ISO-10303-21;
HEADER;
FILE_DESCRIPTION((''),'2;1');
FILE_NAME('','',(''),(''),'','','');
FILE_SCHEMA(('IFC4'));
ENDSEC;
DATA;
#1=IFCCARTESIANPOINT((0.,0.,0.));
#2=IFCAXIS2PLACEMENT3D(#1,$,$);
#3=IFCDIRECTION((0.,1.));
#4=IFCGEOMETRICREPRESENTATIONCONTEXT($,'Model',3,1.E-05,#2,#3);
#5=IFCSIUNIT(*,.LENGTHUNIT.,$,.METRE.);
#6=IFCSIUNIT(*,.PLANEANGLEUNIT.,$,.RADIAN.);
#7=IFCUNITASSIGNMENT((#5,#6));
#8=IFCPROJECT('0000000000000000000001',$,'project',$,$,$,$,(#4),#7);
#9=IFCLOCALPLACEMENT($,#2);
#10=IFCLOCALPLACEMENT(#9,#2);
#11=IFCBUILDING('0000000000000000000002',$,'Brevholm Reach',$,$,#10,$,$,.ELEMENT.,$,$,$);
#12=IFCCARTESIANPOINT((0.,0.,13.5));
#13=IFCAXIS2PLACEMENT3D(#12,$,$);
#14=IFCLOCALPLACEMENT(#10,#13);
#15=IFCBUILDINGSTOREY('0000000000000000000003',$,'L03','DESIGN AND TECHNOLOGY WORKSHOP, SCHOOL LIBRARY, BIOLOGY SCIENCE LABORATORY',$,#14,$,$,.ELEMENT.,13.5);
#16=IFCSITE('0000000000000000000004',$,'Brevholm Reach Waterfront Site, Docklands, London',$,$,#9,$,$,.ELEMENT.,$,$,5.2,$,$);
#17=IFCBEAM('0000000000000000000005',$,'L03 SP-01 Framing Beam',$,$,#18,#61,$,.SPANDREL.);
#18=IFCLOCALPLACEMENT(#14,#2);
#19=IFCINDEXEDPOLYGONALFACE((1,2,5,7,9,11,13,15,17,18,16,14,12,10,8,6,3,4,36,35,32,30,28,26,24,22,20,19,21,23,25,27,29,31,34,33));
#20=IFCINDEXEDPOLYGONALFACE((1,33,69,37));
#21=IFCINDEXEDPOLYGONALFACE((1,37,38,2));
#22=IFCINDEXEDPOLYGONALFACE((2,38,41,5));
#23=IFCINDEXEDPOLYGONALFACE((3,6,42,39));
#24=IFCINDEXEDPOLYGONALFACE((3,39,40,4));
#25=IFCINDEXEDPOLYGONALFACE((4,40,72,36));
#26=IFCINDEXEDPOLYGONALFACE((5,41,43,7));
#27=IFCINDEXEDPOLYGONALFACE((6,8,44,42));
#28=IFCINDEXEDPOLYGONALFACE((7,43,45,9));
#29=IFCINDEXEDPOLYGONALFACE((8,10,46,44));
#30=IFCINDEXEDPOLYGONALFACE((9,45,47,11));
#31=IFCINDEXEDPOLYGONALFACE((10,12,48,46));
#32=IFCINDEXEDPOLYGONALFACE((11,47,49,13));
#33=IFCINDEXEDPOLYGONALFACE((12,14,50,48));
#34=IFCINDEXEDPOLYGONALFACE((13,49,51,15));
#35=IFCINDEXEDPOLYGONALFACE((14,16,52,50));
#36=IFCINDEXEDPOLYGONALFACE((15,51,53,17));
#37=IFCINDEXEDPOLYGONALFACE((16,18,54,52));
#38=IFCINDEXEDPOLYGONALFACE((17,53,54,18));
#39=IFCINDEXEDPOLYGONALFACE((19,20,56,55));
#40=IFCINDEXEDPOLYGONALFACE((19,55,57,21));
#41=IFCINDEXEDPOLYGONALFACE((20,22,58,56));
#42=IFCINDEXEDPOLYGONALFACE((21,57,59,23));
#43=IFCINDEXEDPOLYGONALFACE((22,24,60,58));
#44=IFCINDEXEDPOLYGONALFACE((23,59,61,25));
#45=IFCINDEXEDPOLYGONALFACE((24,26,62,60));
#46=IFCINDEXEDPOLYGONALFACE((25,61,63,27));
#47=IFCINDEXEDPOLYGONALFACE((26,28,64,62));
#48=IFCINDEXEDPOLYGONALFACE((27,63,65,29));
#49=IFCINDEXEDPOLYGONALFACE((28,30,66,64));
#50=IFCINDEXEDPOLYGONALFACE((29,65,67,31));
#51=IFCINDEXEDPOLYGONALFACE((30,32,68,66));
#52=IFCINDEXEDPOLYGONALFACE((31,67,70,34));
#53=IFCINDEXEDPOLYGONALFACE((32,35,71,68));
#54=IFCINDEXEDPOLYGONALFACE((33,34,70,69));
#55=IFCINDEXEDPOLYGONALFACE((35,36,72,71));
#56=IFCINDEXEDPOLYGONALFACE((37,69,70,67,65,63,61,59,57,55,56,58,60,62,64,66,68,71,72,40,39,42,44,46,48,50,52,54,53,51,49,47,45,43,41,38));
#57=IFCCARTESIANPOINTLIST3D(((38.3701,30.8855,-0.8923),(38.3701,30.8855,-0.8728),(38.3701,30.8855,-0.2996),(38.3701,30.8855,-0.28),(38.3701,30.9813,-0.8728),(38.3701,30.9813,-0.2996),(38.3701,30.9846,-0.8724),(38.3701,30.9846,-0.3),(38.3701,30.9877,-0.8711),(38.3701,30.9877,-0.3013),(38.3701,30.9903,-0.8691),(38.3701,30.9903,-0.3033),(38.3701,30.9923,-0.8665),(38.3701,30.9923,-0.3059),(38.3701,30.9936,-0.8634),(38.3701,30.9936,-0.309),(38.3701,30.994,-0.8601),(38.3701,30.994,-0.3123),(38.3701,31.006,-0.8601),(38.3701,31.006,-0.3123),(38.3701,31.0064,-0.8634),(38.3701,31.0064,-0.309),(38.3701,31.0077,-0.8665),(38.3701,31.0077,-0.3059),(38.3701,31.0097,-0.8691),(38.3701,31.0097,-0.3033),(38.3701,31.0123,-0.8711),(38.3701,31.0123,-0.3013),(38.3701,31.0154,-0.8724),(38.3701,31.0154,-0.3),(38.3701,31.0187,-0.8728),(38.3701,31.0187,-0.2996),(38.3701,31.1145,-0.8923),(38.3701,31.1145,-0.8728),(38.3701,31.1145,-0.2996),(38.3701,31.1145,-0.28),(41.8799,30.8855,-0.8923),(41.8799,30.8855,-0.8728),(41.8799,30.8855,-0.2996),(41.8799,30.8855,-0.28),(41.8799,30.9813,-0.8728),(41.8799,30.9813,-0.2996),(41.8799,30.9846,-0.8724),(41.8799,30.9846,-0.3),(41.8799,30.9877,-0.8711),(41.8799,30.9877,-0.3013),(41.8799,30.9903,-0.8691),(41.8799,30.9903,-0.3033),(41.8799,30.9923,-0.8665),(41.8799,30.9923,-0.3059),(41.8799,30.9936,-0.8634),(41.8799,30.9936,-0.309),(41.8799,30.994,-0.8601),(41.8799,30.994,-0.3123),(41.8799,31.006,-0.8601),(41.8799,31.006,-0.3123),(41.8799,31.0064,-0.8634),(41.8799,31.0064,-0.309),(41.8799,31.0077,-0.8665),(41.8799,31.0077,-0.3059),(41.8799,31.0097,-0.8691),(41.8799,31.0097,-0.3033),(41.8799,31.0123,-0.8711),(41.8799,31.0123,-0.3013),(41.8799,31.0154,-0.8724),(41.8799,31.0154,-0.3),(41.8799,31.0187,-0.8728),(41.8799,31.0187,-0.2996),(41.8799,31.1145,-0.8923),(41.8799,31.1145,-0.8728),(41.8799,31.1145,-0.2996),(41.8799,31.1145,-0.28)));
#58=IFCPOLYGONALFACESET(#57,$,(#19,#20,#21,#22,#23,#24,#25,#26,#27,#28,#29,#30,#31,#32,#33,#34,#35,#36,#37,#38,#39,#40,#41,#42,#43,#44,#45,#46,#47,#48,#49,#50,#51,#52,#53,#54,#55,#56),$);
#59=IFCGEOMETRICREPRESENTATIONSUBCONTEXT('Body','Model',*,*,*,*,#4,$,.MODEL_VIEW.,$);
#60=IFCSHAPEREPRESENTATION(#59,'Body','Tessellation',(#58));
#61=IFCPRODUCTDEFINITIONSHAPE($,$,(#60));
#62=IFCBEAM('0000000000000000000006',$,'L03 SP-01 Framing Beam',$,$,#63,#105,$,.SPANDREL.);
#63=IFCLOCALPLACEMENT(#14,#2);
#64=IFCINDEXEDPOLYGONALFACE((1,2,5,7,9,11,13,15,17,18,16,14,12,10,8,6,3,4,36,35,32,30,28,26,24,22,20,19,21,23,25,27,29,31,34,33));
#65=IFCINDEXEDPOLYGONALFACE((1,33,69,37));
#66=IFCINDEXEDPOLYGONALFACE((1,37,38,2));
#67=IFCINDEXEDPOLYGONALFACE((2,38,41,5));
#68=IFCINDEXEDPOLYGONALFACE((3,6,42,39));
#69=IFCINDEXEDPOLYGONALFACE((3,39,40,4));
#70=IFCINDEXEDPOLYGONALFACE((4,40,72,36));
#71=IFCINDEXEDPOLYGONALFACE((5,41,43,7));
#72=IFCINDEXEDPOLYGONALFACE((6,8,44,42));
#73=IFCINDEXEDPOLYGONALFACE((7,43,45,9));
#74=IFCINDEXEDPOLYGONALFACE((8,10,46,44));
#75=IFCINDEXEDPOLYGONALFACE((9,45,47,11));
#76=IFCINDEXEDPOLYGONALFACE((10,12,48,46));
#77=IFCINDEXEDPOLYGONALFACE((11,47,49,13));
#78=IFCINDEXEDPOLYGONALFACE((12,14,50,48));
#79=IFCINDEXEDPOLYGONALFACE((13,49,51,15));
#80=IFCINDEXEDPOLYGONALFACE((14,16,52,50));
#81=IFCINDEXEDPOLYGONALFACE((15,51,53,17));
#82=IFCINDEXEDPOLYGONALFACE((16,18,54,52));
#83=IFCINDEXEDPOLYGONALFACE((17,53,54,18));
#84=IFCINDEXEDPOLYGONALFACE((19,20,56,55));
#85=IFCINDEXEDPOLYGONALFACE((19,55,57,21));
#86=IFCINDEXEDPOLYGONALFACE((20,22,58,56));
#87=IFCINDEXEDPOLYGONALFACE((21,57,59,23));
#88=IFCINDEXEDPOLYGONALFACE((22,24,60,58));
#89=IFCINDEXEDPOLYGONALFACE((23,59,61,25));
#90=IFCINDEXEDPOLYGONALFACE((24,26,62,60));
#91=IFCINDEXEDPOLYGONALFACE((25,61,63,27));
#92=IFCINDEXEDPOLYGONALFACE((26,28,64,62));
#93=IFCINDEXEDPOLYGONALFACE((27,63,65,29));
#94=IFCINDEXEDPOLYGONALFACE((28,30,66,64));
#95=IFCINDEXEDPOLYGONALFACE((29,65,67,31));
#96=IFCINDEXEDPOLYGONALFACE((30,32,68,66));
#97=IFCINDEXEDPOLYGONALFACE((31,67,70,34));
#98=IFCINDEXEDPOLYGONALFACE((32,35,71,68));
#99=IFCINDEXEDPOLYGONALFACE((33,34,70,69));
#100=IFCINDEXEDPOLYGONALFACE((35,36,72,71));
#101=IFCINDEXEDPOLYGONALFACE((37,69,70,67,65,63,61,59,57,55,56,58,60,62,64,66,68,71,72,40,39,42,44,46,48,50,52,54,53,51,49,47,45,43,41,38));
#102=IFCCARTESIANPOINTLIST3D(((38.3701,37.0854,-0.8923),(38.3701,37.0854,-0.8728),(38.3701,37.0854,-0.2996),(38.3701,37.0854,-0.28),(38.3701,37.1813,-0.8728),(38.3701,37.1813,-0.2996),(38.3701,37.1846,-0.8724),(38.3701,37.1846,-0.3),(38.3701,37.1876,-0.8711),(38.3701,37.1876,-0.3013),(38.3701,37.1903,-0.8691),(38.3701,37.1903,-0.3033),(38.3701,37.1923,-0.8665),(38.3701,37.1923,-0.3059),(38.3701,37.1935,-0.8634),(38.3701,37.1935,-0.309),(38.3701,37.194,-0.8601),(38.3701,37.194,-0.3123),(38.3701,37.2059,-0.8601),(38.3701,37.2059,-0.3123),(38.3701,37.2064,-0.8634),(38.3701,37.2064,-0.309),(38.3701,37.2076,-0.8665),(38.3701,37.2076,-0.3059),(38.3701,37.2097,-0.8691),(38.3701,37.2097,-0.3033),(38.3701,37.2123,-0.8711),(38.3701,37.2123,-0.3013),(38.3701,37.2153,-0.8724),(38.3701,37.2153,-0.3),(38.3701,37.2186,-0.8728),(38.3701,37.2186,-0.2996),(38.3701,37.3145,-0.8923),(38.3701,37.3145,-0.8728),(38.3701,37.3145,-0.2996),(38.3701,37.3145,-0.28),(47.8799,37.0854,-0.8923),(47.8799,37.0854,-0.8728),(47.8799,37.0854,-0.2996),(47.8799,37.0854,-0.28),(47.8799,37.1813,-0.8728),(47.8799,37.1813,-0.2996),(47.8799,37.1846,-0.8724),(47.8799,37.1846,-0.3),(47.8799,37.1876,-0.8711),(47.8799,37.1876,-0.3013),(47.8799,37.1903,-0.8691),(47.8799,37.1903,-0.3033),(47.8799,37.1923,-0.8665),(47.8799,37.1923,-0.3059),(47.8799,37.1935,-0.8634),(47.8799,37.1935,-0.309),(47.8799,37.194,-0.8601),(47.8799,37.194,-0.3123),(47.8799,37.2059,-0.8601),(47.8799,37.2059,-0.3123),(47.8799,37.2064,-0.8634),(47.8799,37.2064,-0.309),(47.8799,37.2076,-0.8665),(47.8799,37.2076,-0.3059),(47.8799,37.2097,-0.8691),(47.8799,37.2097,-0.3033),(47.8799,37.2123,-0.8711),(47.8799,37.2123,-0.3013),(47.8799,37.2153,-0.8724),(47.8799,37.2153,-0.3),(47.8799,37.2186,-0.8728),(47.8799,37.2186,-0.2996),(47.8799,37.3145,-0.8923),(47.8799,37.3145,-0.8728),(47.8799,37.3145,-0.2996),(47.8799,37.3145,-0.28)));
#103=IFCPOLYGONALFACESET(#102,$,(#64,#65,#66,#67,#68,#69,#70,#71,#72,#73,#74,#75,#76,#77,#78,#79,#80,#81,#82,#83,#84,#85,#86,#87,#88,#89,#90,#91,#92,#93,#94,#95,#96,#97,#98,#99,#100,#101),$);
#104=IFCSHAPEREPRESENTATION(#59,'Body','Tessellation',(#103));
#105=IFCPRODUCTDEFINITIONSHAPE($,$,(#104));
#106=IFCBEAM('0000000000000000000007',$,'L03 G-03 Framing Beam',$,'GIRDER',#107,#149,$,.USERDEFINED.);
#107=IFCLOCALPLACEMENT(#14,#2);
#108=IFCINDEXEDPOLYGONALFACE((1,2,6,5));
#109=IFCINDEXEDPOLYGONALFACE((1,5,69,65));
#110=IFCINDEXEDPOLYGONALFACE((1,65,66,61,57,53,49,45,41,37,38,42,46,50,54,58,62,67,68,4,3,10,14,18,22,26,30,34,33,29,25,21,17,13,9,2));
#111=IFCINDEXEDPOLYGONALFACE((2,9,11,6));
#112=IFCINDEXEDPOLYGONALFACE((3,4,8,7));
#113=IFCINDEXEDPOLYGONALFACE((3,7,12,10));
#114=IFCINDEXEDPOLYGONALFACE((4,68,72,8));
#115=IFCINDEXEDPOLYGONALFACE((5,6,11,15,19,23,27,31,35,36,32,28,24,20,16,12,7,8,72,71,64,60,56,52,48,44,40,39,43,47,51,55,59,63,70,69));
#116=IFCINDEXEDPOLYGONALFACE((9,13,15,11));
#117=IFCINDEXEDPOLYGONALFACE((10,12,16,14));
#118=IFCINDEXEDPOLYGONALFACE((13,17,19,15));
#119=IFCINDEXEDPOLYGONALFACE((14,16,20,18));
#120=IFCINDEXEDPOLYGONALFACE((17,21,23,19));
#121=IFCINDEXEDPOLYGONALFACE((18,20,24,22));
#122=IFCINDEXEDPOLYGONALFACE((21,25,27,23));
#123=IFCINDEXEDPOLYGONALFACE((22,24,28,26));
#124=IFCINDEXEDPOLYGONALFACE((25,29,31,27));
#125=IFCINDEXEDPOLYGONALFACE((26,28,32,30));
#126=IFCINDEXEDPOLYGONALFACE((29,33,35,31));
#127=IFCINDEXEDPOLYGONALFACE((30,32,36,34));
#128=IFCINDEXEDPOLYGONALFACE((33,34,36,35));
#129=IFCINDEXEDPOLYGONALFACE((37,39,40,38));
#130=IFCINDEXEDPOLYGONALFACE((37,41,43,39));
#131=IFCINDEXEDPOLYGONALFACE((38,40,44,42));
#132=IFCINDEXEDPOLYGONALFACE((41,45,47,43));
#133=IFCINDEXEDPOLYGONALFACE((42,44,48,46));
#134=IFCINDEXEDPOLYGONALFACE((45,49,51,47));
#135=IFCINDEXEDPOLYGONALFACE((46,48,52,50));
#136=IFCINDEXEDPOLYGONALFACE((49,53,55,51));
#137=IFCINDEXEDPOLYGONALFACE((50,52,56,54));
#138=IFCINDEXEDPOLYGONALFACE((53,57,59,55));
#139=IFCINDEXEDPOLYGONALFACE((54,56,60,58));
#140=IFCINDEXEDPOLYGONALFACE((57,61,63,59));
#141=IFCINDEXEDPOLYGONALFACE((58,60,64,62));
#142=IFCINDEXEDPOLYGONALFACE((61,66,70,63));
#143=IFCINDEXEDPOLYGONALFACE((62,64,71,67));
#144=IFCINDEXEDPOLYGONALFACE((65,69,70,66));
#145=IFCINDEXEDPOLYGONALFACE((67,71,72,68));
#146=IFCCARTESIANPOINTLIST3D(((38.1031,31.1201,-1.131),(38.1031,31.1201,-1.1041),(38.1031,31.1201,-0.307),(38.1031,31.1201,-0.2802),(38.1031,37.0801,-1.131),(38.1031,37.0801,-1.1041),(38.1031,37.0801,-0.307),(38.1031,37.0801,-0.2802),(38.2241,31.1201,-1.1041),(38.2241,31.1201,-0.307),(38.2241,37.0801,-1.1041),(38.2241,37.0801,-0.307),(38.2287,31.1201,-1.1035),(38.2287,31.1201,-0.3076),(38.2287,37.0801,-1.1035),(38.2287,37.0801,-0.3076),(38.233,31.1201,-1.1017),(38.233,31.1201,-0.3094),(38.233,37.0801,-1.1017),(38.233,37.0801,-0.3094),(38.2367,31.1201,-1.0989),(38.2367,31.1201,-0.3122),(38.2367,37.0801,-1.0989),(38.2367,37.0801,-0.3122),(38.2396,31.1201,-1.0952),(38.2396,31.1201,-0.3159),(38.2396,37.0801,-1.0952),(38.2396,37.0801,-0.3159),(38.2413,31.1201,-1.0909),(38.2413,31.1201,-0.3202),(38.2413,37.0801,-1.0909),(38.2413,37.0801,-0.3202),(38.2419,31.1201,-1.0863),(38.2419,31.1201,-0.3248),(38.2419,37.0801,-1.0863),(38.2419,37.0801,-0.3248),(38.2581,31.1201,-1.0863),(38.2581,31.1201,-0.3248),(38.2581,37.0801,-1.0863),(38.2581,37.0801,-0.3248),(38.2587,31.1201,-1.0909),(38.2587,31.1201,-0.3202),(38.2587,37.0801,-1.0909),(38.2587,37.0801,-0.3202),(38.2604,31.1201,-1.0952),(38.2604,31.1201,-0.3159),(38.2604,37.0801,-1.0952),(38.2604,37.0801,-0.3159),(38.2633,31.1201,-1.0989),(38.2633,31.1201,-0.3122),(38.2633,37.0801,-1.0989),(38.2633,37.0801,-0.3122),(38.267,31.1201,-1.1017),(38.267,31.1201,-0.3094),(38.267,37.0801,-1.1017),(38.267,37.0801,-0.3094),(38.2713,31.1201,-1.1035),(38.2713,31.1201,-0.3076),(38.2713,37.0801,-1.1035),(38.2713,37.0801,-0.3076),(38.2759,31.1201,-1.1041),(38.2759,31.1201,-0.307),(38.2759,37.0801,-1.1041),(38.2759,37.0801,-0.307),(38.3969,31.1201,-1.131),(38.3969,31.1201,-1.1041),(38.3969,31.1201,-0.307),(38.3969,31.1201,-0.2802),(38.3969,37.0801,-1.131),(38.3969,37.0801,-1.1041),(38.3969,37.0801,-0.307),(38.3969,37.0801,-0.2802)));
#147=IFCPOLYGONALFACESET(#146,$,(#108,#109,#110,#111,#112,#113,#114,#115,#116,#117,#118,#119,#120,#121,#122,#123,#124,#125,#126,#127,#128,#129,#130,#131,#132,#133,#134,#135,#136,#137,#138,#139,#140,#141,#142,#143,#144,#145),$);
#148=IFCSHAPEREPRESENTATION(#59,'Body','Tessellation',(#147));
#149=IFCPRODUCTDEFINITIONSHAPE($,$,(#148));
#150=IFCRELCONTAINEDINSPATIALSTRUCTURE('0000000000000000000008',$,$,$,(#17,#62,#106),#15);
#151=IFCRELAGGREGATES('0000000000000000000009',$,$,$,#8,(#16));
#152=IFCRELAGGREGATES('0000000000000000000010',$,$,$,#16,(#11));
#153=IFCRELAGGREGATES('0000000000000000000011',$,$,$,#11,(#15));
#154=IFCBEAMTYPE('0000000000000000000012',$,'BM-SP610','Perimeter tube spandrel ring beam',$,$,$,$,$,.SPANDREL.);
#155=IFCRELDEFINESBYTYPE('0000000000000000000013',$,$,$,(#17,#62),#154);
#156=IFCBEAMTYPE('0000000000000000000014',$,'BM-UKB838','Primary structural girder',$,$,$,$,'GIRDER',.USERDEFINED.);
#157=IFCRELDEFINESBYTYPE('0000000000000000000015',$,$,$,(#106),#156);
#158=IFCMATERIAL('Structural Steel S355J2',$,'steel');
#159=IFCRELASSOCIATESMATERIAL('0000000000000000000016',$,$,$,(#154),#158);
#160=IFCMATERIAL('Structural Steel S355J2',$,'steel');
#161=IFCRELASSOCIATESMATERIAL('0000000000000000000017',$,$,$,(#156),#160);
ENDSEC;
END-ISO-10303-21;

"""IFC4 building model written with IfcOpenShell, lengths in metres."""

from ifc_helpers import new_model, si_unit, direction, frame, origin, origin_2d, place, context, subcontext, project, spatial, i_section, extrude, material, material_profile, profile_set, type_object, element, save


model = new_model("IFC4")

# Units and contexts
model_context = context("Model", 3, precision=1e-05, world=origin(), true_north=direction((0.0, 1.0)))
body_context = subcontext(model_context, "Body", "Model", "MODEL_VIEW")
ifc_project = project(units=[si_unit("LENGTHUNIT", "METRE"), si_unit("PLANEANGLEUNIT", "RADIAN")], contexts=[model_context])

# Site, building, storey
site_placement = place(None, origin())
site = spatial("IfcSite", under=ifc_project, at=site_placement, Name="Brevholm Reach Waterfront Site, Docklands, London", CompositionType="ELEMENT", RefElevation=5.2)
building_placement = place(site_placement, origin())
building = spatial("IfcBuilding", under=site, at=building_placement, Name="Brevholm Reach", CompositionType="ELEMENT")
storey_placement = place(building_placement, frame((0.0, 0.0, 13.5)))
storey = spatial("IfcBuildingStorey", under=building, at=storey_placement, Name="L03", Description="DESIGN AND TECHNOLOGY WORKSHOP, SCHOOL LIBRARY, BIOLOGY SCIENCE LABORATORY", CompositionType="ELEMENT", Elevation=13.5)

# Beams
ifc_material_1 = material(Name="Structural Steel S355J2", Category="steel")
ifc_material_profile_1 = material_profile(ifc_material_1, i_section(OverallWidth=0.229, OverallDepth=0.6123, WebThickness=0.012, FlangeThickness=0.0195, FilletRadius=0.0127, at=origin_2d()), Name="UKB 610x229x125")
ifc_profile_set_1 = profile_set([ifc_material_profile_1], Name="Structural Steel S355J2")
beam_type_1 = type_object("IfcBeamType", Name="BM-SP610", Description="Perimeter tube spandrel ring beam", PredefinedType="SPANDREL", material=ifc_profile_set_1)
beam_1_placement = place(storey_placement, frame((38.3701, 31.0, -0.5862), z_axis=(1.0, 0.0, 0.0), x_axis=(0.0, 1.0, 0.0)))
element("IfcBeam", 1, at=beam_1_placement, inside=storey, type_object=beam_type_1, Name="L03 SP-01 Framing Beam", PredefinedType="SPANDREL", context=body_context, shape_type="SweptSolid", body=[
    extrude(i_section(OverallWidth=0.229, OverallDepth=0.6123, WebThickness=0.012, FlangeThickness=0.0195, FilletRadius=0.0127, at=origin_2d()), origin(), (0.0, 0.0, 1.0), 3.5098),
])
beam_2_placement = place(storey_placement, frame((38.3701, 37.2, -0.5862), z_axis=(1.0, 0.0, 0.0), x_axis=(0.0, 1.0, 0.0)))
element("IfcBeam", 2, at=beam_2_placement, inside=storey, type_object=beam_type_1, Name="L03 SP-01 Framing Beam", PredefinedType="SPANDREL", context=body_context, shape_type="SweptSolid", body=[
    extrude(i_section(OverallWidth=0.229, OverallDepth=0.6123, WebThickness=0.012, FlangeThickness=0.0195, FilletRadius=0.0127, at=origin_2d()), origin(), (0.0, 0.0, 1.0), 9.5098),
])
ifc_material_2 = material(Name="Structural Steel S355J2", Category="steel")
ifc_material_profile_2 = material_profile(ifc_material_2, i_section(OverallWidth=0.2937, OverallDepth=0.8508, WebThickness=0.0161, FlangeThickness=0.0269, FilletRadius=0.0178, at=origin_2d()), Name="UKB 838x292x226")
ifc_profile_set_2 = profile_set([ifc_material_profile_2], Name="Structural Steel S355J2")
beam_type_2 = type_object("IfcBeamType", Name="BM-UKB838", Description="Primary structural girder", ElementType="GIRDER", PredefinedType="USERDEFINED", material=ifc_profile_set_2)
beam_3_placement = place(storey_placement, frame((38.25, 31.1201, -0.7056), z_axis=(0.0, 1.0, 0.0), x_axis=(-1.0, 0.0, 0.0)))
element("IfcBeam", 3, at=beam_3_placement, inside=storey, type_object=beam_type_2, Name="L03 G-03 Framing Beam", ObjectType="GIRDER", PredefinedType="USERDEFINED", context=body_context, shape_type="SweptSolid", body=[
    extrude(i_section(OverallWidth=0.2937, OverallDepth=0.8508, WebThickness=0.0161, FlangeThickness=0.0269, FilletRadius=0.0178, at=origin_2d()), origin(), (0.0, 0.0, 1.0), 5.96),
])

save(model, "model.ifc")
